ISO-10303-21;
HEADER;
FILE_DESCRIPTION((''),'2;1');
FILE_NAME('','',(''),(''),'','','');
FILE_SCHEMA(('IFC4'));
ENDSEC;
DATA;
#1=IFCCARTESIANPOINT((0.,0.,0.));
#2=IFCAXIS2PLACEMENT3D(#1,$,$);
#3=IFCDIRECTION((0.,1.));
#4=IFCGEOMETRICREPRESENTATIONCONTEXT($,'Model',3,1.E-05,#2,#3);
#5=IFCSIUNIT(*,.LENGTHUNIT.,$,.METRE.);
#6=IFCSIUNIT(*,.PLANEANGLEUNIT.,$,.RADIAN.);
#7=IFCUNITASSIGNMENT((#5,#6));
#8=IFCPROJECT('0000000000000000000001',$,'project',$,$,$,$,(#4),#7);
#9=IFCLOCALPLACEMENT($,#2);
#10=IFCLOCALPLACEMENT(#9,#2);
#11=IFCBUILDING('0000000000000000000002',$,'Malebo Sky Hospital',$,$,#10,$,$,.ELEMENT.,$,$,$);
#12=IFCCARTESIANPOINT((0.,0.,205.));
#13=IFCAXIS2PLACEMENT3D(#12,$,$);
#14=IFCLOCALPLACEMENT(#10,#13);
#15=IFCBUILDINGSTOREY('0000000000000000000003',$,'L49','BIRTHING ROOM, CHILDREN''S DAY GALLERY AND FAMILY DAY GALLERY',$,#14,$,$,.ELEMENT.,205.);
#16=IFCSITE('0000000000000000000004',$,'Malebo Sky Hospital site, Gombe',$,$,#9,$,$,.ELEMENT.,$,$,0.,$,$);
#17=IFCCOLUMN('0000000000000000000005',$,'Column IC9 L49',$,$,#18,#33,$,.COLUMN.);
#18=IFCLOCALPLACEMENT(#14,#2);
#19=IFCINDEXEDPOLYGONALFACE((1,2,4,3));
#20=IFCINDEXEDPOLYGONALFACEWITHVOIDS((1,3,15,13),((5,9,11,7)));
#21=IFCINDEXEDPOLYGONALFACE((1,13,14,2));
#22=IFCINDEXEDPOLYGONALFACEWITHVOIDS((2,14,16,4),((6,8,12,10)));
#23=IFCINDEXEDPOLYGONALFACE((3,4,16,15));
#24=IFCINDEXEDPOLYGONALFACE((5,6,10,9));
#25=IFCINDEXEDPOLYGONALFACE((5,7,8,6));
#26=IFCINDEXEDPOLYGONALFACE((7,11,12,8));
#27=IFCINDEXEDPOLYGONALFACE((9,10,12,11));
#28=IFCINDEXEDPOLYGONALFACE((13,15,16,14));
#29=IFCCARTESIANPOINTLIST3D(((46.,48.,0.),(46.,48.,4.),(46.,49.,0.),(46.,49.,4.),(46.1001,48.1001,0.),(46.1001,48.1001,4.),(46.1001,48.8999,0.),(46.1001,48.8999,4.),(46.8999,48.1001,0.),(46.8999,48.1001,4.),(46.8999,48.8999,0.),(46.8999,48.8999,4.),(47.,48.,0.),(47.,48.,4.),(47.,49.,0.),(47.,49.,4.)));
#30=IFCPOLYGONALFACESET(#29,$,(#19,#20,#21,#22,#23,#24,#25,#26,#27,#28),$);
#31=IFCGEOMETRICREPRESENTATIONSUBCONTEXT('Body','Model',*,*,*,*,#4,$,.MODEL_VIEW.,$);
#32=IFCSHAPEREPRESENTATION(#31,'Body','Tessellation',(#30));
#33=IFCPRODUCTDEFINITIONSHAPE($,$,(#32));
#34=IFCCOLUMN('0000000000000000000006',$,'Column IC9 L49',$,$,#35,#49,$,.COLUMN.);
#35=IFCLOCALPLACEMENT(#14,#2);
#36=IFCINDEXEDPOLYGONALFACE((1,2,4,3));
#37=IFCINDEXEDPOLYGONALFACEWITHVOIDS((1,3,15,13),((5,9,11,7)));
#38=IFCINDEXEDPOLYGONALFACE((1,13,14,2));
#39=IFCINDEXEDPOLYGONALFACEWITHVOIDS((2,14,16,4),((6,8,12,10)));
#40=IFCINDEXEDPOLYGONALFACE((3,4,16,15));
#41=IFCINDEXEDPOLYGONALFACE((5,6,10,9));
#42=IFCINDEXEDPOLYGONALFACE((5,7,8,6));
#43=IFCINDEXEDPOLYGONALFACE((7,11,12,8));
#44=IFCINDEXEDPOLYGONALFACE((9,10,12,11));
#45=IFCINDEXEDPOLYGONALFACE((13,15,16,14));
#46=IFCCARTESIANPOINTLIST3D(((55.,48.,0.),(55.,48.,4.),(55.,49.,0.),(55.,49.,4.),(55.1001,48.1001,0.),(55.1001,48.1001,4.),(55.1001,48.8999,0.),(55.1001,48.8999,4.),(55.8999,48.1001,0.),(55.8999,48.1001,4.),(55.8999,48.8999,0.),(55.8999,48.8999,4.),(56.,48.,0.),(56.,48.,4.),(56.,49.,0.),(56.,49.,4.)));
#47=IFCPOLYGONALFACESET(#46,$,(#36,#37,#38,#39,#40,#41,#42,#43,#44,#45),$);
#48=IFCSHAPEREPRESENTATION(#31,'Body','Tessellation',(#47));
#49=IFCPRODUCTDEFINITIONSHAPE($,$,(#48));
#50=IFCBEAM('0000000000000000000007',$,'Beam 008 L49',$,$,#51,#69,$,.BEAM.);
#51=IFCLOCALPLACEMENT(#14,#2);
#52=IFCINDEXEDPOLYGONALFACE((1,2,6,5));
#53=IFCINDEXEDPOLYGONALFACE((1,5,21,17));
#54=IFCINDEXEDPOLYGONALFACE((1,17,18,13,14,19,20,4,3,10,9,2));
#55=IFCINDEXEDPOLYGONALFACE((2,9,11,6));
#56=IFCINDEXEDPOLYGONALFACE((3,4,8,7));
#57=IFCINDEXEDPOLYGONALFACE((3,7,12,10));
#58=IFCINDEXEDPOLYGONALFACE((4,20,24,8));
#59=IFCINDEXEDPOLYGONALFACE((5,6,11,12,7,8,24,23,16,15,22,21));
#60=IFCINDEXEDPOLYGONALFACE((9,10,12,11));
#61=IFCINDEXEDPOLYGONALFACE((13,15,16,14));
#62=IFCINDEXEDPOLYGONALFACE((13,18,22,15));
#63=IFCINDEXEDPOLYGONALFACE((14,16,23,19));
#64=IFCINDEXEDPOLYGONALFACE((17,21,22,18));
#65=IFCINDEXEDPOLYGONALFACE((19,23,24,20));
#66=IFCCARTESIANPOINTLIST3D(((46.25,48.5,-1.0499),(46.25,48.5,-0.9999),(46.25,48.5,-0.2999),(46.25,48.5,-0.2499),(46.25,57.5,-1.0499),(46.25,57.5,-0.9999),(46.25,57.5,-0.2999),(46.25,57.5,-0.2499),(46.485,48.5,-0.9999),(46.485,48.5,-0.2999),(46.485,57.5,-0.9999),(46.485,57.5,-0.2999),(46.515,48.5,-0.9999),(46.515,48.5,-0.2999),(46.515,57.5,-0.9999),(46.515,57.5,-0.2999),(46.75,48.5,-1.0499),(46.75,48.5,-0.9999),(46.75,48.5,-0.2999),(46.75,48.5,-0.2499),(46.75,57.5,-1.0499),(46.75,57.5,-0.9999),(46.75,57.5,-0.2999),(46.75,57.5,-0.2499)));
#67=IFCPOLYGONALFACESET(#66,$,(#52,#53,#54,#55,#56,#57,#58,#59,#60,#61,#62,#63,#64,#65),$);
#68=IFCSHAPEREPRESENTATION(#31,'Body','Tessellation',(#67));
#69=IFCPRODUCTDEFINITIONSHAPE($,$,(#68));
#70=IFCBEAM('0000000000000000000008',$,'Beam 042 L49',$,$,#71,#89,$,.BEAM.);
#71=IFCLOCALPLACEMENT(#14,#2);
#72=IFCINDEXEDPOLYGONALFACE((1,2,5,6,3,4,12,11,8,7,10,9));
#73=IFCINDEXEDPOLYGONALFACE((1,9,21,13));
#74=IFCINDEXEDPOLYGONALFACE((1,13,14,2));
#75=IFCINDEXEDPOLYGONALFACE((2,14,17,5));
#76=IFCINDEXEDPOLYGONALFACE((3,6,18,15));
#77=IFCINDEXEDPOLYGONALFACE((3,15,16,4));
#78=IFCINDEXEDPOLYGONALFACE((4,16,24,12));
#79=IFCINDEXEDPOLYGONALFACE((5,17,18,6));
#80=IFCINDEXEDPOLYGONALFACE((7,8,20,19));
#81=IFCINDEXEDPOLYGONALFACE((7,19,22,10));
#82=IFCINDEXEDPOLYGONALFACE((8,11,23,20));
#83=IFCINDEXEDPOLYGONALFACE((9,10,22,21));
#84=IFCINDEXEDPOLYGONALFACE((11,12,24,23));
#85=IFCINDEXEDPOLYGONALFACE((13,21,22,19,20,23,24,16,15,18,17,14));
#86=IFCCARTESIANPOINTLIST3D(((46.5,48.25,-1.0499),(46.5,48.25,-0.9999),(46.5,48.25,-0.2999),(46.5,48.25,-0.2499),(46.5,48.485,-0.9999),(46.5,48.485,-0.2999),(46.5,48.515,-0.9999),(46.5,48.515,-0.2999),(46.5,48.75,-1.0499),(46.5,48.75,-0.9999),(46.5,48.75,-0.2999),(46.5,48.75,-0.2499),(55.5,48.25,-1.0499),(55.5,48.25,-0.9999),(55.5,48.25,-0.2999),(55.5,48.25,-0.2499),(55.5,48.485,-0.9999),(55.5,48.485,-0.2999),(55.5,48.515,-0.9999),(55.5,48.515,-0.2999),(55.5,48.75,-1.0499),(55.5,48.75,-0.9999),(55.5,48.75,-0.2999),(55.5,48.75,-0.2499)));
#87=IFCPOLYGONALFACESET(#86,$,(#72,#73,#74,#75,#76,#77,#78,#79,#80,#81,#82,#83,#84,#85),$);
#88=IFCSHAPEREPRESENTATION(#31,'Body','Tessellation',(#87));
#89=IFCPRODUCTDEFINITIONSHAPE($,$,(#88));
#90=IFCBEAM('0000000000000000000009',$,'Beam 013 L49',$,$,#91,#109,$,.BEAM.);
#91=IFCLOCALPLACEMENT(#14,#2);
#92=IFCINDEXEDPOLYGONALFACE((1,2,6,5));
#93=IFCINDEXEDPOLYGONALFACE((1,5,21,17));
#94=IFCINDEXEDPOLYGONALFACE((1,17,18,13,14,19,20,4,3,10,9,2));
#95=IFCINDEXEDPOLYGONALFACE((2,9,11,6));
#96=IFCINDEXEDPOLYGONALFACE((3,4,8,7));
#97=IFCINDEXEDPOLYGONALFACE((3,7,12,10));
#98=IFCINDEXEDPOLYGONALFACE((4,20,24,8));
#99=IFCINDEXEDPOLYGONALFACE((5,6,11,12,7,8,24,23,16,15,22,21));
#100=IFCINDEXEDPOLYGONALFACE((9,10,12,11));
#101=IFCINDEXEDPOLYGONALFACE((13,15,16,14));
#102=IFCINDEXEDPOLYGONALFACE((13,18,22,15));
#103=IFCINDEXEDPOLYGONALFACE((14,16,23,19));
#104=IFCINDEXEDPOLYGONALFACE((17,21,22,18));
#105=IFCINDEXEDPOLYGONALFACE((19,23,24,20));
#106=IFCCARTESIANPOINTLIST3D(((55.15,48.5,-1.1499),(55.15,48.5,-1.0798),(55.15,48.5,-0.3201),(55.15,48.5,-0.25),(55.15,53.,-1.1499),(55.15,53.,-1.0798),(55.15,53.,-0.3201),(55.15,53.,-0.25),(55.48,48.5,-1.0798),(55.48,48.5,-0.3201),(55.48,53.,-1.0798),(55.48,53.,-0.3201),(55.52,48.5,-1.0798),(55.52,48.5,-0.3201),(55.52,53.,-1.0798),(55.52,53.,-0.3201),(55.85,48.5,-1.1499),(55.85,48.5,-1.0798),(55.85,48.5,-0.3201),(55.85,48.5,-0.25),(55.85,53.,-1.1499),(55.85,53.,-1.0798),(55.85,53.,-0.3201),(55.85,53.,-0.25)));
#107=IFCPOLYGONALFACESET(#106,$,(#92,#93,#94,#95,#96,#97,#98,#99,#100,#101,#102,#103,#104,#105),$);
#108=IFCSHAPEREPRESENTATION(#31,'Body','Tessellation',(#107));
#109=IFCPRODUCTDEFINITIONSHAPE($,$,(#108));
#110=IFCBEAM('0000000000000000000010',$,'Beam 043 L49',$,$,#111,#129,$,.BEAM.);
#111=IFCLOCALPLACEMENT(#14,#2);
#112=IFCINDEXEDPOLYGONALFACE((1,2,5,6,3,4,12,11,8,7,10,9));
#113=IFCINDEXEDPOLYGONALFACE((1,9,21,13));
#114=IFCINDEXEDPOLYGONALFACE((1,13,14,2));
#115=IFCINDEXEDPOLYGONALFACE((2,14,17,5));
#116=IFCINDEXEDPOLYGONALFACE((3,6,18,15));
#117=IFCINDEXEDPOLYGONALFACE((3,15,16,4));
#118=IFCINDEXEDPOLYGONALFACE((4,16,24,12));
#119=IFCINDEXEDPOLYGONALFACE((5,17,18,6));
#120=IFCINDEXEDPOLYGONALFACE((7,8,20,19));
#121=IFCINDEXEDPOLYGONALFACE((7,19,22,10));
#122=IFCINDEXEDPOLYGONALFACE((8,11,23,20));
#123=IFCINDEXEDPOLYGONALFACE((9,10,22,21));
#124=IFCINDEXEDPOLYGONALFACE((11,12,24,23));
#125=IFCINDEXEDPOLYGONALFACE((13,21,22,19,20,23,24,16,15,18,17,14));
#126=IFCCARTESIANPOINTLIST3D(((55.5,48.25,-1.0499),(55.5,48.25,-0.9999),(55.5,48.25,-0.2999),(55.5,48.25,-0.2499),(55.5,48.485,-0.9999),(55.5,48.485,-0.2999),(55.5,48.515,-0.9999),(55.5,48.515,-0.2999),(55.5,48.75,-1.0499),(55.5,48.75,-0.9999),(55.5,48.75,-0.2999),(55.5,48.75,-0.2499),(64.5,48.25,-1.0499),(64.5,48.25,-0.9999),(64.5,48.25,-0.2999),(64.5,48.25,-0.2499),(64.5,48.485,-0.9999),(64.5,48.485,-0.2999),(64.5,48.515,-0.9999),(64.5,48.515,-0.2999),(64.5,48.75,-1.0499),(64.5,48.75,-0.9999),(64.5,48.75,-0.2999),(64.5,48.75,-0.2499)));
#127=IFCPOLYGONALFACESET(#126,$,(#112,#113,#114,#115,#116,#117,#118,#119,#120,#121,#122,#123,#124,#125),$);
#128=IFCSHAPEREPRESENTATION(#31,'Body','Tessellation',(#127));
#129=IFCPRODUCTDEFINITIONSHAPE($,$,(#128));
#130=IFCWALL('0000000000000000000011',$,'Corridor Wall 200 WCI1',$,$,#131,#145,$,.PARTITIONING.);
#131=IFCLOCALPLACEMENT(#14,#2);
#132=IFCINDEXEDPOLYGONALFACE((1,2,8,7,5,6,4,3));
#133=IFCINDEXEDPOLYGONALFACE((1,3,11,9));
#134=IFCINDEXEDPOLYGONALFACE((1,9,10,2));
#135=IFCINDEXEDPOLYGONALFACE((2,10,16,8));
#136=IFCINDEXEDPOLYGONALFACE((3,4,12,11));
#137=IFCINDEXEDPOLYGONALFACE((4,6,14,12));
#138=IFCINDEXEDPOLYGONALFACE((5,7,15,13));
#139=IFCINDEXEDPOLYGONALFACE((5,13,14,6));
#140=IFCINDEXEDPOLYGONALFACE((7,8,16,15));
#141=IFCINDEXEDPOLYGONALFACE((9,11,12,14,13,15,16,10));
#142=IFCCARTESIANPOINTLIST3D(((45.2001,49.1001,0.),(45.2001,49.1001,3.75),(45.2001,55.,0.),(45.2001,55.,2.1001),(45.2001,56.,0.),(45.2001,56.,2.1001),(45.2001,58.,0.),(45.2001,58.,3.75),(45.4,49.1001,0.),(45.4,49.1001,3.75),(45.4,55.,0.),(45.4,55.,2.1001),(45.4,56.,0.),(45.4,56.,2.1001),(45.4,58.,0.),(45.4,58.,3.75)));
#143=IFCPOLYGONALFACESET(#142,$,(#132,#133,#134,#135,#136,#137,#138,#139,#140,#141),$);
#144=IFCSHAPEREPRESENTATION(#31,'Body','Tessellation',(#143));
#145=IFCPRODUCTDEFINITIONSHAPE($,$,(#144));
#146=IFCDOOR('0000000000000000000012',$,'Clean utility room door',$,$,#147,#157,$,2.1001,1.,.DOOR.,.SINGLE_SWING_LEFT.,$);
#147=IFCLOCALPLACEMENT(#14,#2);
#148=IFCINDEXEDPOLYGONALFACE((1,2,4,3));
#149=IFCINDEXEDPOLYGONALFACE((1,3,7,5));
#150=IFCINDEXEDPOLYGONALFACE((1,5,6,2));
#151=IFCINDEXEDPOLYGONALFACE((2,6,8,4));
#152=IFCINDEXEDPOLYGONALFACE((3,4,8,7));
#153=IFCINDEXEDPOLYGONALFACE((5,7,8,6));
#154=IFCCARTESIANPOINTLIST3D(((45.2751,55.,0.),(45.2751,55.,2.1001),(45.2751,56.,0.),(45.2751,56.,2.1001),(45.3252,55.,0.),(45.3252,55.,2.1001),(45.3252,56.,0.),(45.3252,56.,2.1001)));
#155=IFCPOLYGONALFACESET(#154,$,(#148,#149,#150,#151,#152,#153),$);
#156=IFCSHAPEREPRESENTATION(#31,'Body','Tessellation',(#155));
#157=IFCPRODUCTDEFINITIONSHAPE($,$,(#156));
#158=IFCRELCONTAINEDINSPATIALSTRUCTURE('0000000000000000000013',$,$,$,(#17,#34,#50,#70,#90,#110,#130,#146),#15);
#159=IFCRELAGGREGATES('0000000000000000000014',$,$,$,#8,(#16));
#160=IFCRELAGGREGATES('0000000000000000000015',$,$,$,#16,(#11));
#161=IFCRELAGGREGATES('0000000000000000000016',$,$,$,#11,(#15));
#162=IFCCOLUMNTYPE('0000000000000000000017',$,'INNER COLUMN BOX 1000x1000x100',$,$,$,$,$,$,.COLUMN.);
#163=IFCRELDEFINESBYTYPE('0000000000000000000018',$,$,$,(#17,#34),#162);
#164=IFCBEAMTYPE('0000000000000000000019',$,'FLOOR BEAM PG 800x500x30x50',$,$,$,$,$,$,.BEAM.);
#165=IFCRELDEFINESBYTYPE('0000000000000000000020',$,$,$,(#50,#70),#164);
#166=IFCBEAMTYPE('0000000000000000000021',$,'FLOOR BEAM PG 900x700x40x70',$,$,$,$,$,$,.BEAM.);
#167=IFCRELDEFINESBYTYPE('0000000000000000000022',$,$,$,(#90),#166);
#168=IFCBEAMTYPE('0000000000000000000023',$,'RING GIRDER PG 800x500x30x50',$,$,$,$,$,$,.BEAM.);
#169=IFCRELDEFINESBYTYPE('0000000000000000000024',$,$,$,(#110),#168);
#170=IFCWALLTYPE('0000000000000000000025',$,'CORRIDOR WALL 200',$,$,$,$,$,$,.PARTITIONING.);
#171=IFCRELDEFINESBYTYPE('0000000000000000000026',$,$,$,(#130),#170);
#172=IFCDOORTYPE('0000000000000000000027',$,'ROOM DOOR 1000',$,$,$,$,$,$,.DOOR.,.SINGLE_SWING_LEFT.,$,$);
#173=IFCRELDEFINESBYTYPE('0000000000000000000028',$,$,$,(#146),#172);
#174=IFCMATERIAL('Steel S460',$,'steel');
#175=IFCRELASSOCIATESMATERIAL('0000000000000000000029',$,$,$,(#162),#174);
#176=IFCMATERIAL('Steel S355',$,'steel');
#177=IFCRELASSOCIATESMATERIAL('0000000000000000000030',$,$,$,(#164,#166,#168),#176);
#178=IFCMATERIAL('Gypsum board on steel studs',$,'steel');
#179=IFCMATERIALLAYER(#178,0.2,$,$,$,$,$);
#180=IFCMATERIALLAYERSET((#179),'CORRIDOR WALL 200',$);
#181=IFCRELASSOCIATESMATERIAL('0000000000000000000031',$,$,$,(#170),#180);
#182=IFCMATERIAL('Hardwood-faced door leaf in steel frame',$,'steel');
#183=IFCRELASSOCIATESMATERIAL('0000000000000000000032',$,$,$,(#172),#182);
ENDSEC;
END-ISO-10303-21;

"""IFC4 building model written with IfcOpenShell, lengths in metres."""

from ifc_helpers import new_model, si_unit, direction, frame, frame_2d, origin, origin_2d, place, context, subcontext, project, spatial, rectangle, hollow_rectangle, i_section, extrude, material, layer, layer_set, material_profile, profile_set, type_object, element, fill, save


model = new_model("IFC4")

# Units and contexts
model_context = context("Model", 3, precision=1e-05, world=origin(), true_north=direction((0.0, 1.0)))
body_context = subcontext(model_context, "Body", "Model", "MODEL_VIEW")
ifc_project = project(units=[si_unit("LENGTHUNIT", "METRE"), si_unit("PLANEANGLEUNIT", "RADIAN")], contexts=[model_context])

# Site, building, storey
site_placement = place(None, origin())
site = spatial("IfcSite", under=ifc_project, at=site_placement, Name="Malebo Sky Hospital site, Gombe", CompositionType="ELEMENT", RefElevation=0.0)
building_placement = place(site_placement, origin())
building = spatial("IfcBuilding", under=site, at=building_placement, Name="Malebo Sky Hospital", CompositionType="ELEMENT")
storey_placement = place(building_placement, frame((0.0, 0.0, 205.0)))
storey = spatial("IfcBuildingStorey", under=building, at=storey_placement, Name="L49", Description="BIRTHING ROOM, CHILDREN'S DAY GALLERY AND FAMILY DAY GALLERY", CompositionType="ELEMENT", Elevation=205.0)

# Columns
ifc_material_1 = material(Name="Steel S460", Category="steel")
ifc_material_profile_1 = material_profile(ifc_material_1, hollow_rectangle(XDim=1.0, YDim=1.0, WallThickness=0.1001, at=origin_2d()), Name="BOX 1000x1000x100")
ifc_profile_set_1 = profile_set([ifc_material_profile_1], Name="Steel S460")
column_type = type_object("IfcColumnType", Name="INNER COLUMN BOX 1000x1000x100", PredefinedType="COLUMN", material=ifc_profile_set_1)
for number, where, z_axis, x_axis, name in (
    (1, (46.5, 48.5, 0.0), (0.0, 0.0, 1.0), (1.0, 0.0, 0.0), "Column IC9 L49"),
    (2, (55.5, 48.5, 0.0), (0.0, 0.0, 1.0), (1.0, 0.0, 0.0), "Column IC9 L49"),
):
    element("IfcColumn", number, at=place(storey_placement, frame(where, z_axis=z_axis, x_axis=x_axis)), inside=storey, type_object=column_type, Name=name, PredefinedType="COLUMN", context=body_context, shape_type="SweptSolid", body=[
        extrude(hollow_rectangle(XDim=1.0, YDim=1.0, WallThickness=0.1001, at=origin_2d()), origin(), (0.0, 0.0, 1.0), 4.0),
    ])

# Beams
ifc_material_2 = material(Name="Steel S355", Category="steel")
ifc_material_profile_2 = material_profile(ifc_material_2, i_section(OverallWidth=0.5, OverallDepth=0.8, WebThickness=0.03, FlangeThickness=0.05, at=origin_2d()), Name="PG 800x500x30x50")
ifc_profile_set_2 = profile_set([ifc_material_profile_2], Name="Steel S355")
beam_type_1 = type_object("IfcBeamType", Name="FLOOR BEAM PG 800x500x30x50", PredefinedType="BEAM", material=ifc_profile_set_2)
for number, where, z_axis, x_axis, name in (
    (3, (46.5, 48.5, -0.6499), (0.0, 1.0, 0.0), (-1.0, 0.0, 0.0), "Beam 008 L49"),
    (4, (46.5, 48.5, -0.6499), (1.0, 0.0, 0.0), (0.0, 1.0, 0.0), "Beam 042 L49"),
):
    element("IfcBeam", number, at=place(storey_placement, frame(where, z_axis=z_axis, x_axis=x_axis)), inside=storey, type_object=beam_type_1, Name=name, PredefinedType="BEAM", context=body_context, shape_type="SweptSolid", body=[
        extrude(i_section(OverallWidth=0.5, OverallDepth=0.8, WebThickness=0.03, FlangeThickness=0.05, at=origin_2d()), origin(), (0.0, 0.0, 1.0), 9.0),
    ])
ifc_material_profile_3 = material_profile(ifc_material_2, i_section(OverallWidth=0.7, OverallDepth=0.8999, WebThickness=0.04, FlangeThickness=0.0701, at=origin_2d()), Name="PG 900x700x40x70")
ifc_profile_set_3 = profile_set([ifc_material_profile_3], Name="Steel S355")
beam_type_2 = type_object("IfcBeamType", Name="FLOOR BEAM PG 900x700x40x70", PredefinedType="BEAM", material=ifc_profile_set_3)
beam_1_placement = place(storey_placement, frame((55.5, 48.5, -0.7), z_axis=(0.0, 1.0, 0.0), x_axis=(-1.0, 0.0, 0.0)))
element("IfcBeam", 5, at=beam_1_placement, inside=storey, type_object=beam_type_2, Name="Beam 013 L49", PredefinedType="BEAM", context=body_context, shape_type="SweptSolid", body=[
    extrude(i_section(OverallWidth=0.7, OverallDepth=0.8999, WebThickness=0.04, FlangeThickness=0.0701, at=origin_2d()), origin(), (0.0, 0.0, 1.0), 4.5),
])
ifc_material_profile_4 = material_profile(ifc_material_2, i_section(OverallWidth=0.5, OverallDepth=0.8, WebThickness=0.03, FlangeThickness=0.05, at=origin_2d()), Name="PG 800x500x30x50")
ifc_profile_set_4 = profile_set([ifc_material_profile_4], Name="Steel S355")
beam_type_3 = type_object("IfcBeamType", Name="RING GIRDER PG 800x500x30x50", PredefinedType="BEAM", material=ifc_profile_set_4)
beam_2_placement = place(storey_placement, frame((55.5, 48.5, -0.6499), z_axis=(1.0, 0.0, 0.0), x_axis=(0.0, 1.0, 0.0)))
element("IfcBeam", 6, at=beam_2_placement, inside=storey, type_object=beam_type_3, Name="Beam 043 L49", PredefinedType="BEAM", context=body_context, shape_type="SweptSolid", body=[
    extrude(i_section(OverallWidth=0.5, OverallDepth=0.8, WebThickness=0.03, FlangeThickness=0.05, at=origin_2d()), origin(), (0.0, 0.0, 1.0), 9.0),
])

# Wall, opening, door
ifc_material_3 = material(Name="Gypsum board on steel studs", Category="steel")
ifc_layer_1 = layer(ifc_material_3, 0.2)
ifc_layer_set_1 = layer_set([ifc_layer_1], Name="CORRIDOR WALL 200")
wall_type_1 = type_object("IfcWallType", Name="CORRIDOR WALL 200", PredefinedType="PARTITIONING", material=ifc_layer_set_1)
wall_1_placement = place(storey_placement, frame((45.3, 49.1001, 0.0), z_axis=(0.0, 0.0, 1.0), x_axis=(0.0, 1.0, 0.0)))
wall_1 = element("IfcWall", 7, at=wall_1_placement, inside=storey, type_object=wall_type_1, Name="Corridor Wall 200 WCI1", PredefinedType="PARTITIONING", context=body_context, shape_type="SweptSolid", body=[
    extrude(rectangle(XDim=8.8999, YDim=0.2, at=frame_2d((4.45, 0.0))), origin(), (0.0, 0.0, 1.0), 3.75),
])
opening_1_placement = place(wall_1_placement, frame((5.8999, 0.0, 0.0)))
opening_1 = element("IfcOpeningElement", 8, at=opening_1_placement, cuts=wall_1, PredefinedType="OPENING", context=body_context, shape_type="SweptSolid", body=[
    extrude(rectangle(XDim=1.0, YDim=2.1001, at=frame_2d((0.5, 1.05))), frame((0.0, 0.1099, 0.0), z_axis=(0.0, -1.0, 0.0), x_axis=(1.0, 0.0, 0.0)), (0.0, 0.0, 1.0), 0.22),
])
ifc_material_4 = material(Name="Hardwood-faced door leaf in steel frame", Category="steel")
door_type = type_object("IfcDoorType", Name="ROOM DOOR 1000", OperationType="SINGLE_SWING_LEFT", PredefinedType="DOOR", material=ifc_material_4)
door_1_placement = place(opening_1_placement, origin())
door_1 = element("IfcDoor", 9, at=door_1_placement, inside=storey, type_object=door_type, Name="Clean utility room door", OperationType="SINGLE_SWING_LEFT", OverallHeight=2.1001, OverallWidth=1.0, PredefinedType="DOOR", context=body_context, shape_type="SweptSolid", body=[
    extrude(rectangle(XDim=1.0, YDim=2.1001, at=frame_2d((0.5, 1.05))), frame((0.0, 0.0249, 0.0), z_axis=(0.0, -1.0, 0.0), x_axis=(1.0, 0.0, 0.0)), (0.0, 0.0, 1.0), 0.05),
])
fill(opening_1, door_1)

save(model, "model.ifc")
